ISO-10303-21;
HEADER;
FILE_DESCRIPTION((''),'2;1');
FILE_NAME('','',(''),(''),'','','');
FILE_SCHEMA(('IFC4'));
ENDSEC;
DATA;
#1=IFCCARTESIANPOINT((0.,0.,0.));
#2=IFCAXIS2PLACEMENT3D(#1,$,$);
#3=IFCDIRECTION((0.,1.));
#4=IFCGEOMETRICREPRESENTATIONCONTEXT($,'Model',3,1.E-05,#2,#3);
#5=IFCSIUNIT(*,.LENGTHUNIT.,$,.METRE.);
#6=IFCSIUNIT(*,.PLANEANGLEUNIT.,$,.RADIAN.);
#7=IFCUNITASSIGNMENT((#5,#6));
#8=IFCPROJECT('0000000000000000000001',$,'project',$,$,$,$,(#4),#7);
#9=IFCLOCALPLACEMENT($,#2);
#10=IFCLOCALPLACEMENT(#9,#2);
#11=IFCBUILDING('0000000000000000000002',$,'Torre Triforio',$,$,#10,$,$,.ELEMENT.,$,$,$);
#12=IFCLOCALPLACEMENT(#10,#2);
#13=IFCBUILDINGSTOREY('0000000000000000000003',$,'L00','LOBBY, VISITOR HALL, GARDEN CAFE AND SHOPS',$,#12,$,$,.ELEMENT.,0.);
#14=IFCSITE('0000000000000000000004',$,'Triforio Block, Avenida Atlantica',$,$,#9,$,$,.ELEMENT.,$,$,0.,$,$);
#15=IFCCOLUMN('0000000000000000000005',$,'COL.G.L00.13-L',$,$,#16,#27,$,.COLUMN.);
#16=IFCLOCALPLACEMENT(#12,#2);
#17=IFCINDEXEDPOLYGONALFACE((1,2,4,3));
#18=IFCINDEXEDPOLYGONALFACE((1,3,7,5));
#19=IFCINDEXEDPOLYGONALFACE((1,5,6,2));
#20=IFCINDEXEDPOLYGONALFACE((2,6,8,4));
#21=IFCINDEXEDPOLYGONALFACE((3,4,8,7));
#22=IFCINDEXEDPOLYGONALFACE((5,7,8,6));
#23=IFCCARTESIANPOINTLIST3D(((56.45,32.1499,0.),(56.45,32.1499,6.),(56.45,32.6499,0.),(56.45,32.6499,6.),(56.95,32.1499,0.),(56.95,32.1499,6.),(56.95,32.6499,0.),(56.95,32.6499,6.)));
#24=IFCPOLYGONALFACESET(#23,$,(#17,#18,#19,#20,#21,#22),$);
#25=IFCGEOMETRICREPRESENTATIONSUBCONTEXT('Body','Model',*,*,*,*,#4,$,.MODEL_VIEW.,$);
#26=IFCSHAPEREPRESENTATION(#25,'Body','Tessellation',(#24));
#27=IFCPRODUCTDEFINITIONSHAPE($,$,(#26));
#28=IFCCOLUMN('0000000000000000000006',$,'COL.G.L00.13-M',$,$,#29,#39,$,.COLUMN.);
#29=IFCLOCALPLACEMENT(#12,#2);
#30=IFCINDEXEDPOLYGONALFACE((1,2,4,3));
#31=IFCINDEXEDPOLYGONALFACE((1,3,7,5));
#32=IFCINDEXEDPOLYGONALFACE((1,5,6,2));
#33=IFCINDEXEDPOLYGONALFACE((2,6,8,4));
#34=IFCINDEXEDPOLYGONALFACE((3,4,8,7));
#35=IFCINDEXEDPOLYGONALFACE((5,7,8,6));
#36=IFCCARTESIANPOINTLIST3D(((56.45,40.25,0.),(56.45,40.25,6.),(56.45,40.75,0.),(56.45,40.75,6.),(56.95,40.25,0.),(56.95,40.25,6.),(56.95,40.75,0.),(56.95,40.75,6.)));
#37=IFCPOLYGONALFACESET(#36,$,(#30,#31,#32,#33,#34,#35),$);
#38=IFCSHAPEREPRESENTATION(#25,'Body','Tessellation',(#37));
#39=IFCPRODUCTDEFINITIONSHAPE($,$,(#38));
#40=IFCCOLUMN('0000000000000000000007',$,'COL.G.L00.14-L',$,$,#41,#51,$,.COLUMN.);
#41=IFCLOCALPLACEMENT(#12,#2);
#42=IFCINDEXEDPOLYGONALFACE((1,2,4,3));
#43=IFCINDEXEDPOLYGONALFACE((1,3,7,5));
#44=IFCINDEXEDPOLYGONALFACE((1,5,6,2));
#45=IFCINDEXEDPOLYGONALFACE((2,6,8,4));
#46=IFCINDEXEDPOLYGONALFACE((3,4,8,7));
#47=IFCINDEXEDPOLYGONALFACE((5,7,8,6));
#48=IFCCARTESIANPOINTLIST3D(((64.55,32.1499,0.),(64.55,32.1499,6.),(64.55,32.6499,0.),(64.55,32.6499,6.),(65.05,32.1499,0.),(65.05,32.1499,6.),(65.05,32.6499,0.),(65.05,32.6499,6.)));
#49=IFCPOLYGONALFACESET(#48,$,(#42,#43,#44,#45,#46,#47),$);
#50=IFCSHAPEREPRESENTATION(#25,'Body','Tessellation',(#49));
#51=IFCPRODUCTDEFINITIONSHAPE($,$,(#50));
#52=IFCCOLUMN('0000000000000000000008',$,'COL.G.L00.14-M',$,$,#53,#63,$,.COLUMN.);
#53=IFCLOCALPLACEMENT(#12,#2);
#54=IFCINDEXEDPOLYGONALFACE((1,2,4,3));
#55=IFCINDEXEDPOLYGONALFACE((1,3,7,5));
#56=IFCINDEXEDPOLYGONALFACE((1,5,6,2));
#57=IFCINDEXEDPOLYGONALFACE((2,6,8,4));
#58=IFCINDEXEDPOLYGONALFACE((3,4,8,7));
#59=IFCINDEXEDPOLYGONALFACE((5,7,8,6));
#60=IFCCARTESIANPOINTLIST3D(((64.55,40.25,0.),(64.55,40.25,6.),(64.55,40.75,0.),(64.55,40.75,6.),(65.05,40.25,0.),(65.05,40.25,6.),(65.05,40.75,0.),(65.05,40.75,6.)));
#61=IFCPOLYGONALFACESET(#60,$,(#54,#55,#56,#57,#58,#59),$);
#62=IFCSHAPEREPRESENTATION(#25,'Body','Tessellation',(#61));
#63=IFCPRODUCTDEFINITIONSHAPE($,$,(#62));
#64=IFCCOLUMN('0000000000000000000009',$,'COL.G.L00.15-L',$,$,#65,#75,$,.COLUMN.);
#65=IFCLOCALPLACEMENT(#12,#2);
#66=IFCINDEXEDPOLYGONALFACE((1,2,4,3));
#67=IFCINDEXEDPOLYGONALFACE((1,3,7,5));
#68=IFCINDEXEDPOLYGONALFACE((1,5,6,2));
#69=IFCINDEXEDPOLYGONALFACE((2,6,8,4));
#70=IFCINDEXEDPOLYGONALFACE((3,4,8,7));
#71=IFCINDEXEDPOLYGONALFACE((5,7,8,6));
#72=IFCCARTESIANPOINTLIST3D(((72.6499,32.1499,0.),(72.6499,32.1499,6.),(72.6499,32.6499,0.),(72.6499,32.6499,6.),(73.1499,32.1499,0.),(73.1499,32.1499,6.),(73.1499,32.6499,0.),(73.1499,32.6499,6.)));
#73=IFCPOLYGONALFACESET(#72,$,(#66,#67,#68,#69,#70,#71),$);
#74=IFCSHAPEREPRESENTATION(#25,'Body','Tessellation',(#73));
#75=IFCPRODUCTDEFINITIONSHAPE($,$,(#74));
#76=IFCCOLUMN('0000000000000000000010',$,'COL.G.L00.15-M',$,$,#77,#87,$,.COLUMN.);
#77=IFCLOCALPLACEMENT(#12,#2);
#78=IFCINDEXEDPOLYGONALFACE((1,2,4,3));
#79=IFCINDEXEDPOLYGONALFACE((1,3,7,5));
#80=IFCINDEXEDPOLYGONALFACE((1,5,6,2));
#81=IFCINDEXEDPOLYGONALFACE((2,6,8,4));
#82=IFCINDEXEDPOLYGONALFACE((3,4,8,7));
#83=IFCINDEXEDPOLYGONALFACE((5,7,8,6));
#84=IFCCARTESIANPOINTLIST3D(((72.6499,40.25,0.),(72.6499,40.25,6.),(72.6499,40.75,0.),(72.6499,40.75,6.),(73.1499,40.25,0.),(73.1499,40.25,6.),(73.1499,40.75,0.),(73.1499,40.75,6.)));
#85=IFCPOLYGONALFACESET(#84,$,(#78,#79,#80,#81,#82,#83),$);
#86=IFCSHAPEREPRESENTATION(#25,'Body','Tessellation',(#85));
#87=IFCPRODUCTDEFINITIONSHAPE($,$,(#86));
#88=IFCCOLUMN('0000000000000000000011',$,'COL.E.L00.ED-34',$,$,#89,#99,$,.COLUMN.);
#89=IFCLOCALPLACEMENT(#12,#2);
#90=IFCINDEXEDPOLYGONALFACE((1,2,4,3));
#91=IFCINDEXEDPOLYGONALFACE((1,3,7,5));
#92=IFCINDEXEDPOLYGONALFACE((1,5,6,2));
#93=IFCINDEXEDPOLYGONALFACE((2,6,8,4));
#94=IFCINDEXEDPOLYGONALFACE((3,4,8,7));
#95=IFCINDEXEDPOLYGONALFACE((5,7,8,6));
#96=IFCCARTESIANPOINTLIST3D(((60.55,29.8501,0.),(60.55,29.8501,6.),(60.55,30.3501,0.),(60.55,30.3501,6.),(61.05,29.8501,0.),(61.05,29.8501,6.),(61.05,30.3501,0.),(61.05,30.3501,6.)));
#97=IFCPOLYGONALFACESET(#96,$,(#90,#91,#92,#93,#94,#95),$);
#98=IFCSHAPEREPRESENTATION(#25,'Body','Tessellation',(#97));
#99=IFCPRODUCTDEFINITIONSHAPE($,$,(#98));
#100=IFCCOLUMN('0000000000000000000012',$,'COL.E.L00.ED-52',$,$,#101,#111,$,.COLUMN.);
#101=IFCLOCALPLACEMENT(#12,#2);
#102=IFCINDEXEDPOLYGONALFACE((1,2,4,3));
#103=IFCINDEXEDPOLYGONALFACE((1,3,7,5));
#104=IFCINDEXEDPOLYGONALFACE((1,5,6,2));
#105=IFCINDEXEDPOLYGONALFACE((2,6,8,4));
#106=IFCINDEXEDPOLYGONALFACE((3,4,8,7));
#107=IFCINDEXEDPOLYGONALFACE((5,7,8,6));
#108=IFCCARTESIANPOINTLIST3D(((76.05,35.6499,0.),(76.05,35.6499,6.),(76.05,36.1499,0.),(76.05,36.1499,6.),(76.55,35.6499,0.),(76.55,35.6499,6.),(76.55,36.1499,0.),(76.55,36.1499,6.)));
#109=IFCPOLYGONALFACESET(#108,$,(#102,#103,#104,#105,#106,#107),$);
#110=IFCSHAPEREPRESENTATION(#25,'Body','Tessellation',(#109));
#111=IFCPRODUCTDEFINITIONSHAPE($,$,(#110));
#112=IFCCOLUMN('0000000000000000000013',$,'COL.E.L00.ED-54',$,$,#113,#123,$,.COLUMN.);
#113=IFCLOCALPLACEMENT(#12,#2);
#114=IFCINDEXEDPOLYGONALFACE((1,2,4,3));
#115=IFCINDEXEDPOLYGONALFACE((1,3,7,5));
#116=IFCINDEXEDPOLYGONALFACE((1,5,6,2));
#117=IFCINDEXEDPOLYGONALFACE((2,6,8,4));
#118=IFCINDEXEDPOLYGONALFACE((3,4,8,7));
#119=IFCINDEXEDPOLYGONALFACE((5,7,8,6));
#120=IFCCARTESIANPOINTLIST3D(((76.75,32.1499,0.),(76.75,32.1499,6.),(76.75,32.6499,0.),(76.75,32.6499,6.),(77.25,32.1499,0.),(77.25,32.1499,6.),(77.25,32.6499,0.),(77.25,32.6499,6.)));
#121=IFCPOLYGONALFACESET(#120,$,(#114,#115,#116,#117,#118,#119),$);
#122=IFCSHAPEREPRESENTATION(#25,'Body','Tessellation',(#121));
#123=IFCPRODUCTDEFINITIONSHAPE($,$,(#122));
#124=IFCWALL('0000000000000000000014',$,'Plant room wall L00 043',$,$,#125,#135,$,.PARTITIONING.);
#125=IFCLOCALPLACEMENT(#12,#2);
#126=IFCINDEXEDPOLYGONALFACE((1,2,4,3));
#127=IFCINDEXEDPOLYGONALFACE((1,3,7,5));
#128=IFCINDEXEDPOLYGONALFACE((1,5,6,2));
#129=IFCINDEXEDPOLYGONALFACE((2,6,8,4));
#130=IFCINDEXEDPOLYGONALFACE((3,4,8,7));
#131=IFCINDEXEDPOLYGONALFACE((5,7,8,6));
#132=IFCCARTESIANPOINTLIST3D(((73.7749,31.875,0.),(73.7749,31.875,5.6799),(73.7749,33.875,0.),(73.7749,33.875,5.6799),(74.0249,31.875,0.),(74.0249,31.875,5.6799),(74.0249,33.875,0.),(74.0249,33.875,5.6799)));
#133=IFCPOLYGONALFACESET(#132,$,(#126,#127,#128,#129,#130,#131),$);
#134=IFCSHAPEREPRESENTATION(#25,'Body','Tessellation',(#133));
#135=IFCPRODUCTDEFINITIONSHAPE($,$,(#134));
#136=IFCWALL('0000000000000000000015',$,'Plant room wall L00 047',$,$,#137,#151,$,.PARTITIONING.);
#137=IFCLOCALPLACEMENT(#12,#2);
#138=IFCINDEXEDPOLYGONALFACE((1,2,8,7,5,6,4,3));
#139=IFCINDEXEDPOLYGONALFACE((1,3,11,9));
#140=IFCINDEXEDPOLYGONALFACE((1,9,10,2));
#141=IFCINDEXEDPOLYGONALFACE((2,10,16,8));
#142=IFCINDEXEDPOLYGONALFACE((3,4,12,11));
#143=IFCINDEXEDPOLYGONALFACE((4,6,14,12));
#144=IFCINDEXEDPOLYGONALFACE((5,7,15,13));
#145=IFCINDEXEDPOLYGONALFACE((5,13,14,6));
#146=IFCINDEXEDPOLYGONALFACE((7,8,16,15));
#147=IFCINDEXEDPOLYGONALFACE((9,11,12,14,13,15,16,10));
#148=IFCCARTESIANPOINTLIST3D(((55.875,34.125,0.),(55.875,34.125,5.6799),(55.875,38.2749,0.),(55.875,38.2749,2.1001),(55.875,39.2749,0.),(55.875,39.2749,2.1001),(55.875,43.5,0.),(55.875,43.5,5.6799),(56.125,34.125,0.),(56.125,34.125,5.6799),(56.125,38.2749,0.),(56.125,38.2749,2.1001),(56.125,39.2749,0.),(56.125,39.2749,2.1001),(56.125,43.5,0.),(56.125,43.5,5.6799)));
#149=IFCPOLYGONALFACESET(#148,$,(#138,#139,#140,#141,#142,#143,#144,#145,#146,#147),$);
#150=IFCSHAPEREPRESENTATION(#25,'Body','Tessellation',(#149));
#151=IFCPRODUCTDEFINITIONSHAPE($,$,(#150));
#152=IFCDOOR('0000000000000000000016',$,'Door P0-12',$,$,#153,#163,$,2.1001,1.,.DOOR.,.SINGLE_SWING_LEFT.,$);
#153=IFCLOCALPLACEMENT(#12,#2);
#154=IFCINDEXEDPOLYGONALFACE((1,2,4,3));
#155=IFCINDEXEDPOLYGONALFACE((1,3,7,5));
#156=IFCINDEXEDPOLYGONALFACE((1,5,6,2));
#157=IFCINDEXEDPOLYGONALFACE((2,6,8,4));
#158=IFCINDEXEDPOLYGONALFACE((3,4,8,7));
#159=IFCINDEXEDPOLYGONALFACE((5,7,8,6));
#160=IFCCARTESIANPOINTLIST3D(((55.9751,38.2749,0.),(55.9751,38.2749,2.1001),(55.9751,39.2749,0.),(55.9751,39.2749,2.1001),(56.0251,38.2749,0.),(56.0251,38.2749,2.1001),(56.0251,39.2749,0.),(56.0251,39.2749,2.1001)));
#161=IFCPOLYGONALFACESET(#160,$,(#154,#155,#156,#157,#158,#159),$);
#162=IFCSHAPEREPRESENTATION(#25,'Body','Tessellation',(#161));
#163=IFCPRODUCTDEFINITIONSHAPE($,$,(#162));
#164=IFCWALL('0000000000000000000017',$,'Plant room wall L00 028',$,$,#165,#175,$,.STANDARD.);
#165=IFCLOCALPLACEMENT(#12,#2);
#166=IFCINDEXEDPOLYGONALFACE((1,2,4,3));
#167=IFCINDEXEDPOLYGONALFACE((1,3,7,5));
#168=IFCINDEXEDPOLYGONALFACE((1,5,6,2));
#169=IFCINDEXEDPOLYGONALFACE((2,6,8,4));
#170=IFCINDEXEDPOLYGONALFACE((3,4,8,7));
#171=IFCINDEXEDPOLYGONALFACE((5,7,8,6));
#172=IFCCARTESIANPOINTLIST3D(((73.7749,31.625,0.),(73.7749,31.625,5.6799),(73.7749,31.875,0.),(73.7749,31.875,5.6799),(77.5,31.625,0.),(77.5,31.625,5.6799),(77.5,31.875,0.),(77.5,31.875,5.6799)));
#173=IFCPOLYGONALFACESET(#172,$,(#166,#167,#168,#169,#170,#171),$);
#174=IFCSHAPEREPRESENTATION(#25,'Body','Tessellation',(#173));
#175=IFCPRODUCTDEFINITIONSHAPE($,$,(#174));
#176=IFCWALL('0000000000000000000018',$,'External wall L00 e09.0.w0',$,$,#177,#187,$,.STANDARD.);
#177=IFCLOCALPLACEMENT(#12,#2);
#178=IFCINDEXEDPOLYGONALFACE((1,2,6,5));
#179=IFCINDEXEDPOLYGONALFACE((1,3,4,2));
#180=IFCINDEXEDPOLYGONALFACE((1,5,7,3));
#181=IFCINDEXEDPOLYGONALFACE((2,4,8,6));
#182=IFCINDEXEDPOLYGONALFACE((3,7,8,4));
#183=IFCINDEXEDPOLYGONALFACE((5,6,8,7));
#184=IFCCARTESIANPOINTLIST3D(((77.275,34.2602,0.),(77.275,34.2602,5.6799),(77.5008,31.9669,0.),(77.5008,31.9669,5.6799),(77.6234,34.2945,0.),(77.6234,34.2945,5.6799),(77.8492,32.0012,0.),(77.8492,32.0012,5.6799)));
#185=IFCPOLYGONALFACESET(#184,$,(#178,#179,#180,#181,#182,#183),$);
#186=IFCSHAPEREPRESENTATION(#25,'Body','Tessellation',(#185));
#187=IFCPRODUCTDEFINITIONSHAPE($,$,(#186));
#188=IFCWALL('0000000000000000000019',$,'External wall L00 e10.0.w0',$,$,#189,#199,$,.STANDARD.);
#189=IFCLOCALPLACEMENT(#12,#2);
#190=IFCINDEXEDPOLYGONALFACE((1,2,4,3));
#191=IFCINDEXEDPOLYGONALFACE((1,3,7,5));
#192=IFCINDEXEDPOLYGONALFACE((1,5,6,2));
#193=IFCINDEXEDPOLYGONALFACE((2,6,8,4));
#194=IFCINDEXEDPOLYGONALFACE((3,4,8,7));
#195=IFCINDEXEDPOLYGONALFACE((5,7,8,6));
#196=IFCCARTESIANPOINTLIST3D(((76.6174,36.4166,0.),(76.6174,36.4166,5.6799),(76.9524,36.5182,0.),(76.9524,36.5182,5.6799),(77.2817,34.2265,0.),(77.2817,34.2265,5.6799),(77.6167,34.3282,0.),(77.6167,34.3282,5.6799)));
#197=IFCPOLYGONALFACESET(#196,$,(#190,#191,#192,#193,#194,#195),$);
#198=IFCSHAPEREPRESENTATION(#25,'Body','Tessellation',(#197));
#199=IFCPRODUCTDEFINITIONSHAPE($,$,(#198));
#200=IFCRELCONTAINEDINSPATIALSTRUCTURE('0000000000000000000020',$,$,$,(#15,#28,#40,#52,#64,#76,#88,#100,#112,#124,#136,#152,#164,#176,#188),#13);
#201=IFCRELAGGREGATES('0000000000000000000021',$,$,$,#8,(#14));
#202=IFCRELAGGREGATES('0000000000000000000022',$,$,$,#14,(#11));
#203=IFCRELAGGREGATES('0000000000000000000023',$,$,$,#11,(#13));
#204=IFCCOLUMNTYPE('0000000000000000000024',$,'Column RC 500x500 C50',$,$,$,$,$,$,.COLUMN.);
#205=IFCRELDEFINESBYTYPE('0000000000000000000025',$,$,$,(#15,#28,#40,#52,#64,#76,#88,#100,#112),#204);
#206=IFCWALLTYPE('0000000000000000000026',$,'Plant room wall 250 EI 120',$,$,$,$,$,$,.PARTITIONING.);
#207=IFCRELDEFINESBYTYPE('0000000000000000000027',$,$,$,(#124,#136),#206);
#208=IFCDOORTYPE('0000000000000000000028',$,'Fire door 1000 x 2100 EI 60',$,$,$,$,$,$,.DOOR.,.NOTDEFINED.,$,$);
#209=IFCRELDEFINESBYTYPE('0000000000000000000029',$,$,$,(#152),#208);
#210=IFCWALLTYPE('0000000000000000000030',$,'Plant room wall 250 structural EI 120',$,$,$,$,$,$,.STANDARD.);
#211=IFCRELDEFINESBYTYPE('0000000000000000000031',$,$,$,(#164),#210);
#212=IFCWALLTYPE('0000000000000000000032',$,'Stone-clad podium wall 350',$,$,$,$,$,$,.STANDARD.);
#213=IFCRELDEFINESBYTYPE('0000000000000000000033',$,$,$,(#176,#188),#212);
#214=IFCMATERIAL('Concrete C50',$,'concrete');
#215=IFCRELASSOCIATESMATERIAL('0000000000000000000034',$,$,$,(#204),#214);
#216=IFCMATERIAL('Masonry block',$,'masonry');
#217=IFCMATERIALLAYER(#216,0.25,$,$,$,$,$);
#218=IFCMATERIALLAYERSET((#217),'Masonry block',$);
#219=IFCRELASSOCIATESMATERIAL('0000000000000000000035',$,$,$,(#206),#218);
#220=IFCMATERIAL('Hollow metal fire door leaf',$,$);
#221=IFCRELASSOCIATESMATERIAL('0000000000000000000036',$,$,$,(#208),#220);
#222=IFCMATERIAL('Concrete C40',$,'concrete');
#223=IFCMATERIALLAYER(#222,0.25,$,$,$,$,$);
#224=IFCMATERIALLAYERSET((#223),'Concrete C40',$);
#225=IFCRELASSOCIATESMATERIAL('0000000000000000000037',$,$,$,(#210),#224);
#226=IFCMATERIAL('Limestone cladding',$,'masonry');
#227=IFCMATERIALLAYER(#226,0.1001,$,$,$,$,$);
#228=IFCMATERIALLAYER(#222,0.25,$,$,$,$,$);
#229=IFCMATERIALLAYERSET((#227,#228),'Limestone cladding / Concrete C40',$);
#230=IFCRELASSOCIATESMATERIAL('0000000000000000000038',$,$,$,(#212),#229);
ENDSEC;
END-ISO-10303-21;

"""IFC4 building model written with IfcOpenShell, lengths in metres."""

from ifc_helpers import new_model, si_unit, direction, frame, frame_2d, origin, origin_2d, place, context, subcontext, project, spatial, rectangle, extrude, material, layer, layer_set, material_profile, profile_set, type_object, element, fill, save


model = new_model("IFC4")

# Units and contexts
model_context = context("Model", 3, precision=1e-05, world=origin(), true_north=direction((0.0, 1.0)))
body_context = subcontext(model_context, "Body", "Model", "MODEL_VIEW")
ifc_project = project(units=[si_unit("LENGTHUNIT", "METRE"), si_unit("PLANEANGLEUNIT", "RADIAN")], contexts=[model_context])

# Site, building, storey
site_placement = place(None, origin())
site = spatial("IfcSite", under=ifc_project, at=site_placement, Name="Triforio Block, Avenida Atlantica", CompositionType="ELEMENT", RefElevation=0.0)
building_placement = place(site_placement, origin())
building = spatial("IfcBuilding", under=site, at=building_placement, Name="Torre Triforio", CompositionType="ELEMENT")
storey_placement = place(building_placement, origin())
storey = spatial("IfcBuildingStorey", under=building, at=storey_placement, Name="L00", Description="LOBBY, VISITOR HALL, GARDEN CAFE AND SHOPS", CompositionType="ELEMENT", Elevation=0.0)

# Columns
ifc_material_1 = material(Name="Concrete C50", Category="concrete")
ifc_material_profile = material_profile(ifc_material_1, rectangle(XDim=0.5, YDim=0.5, at=origin_2d()), Name="RC 500x500")
ifc_profile_set = profile_set([ifc_material_profile], Name="Concrete C50")
column_type = type_object("IfcColumnType", Name="Column RC 500x500 C50", PredefinedType="COLUMN", material=ifc_profile_set)
for number, where, z_axis, x_axis, name in (
    (1, (56.7, 32.3999, 0.0), (0.0, 0.0, 1.0), (1.0, 0.0, 0.0), "COL.G.L00.13-L"),
    (2, (56.7, 40.5, 0.0), (0.0, 0.0, 1.0), (1.0, 0.0, 0.0), "COL.G.L00.13-M"),
    (3, (64.8, 32.3999, 0.0), (0.0, 0.0, 1.0), (1.0, 0.0, 0.0), "COL.G.L00.14-L"),
    (4, (64.8, 40.5, 0.0), (0.0, 0.0, 1.0), (1.0, 0.0, 0.0), "COL.G.L00.14-M"),
    (5, (72.8999, 32.3999, 0.0), (0.0, 0.0, 1.0), (1.0, 0.0, 0.0), "COL.G.L00.15-L"),
    (6, (72.8999, 40.5, 0.0), (0.0, 0.0, 1.0), (1.0, 0.0, 0.0), "COL.G.L00.15-M"),
    (7, (60.8, 30.1001, 0.0), (0.0, 0.0, 1.0), (1.0, 0.0, 0.0), "COL.E.L00.ED-34"),
    (8, (76.3, 35.8999, 0.0), (0.0, 0.0, 1.0), (1.0, 0.0, 0.0), "COL.E.L00.ED-52"),
    (9, (77.0, 32.3999, 0.0), (0.0, 0.0, 1.0), (1.0, 0.0, 0.0), "COL.E.L00.ED-54"),
):
    element("IfcColumn", number, at=place(storey_placement, frame(where, z_axis=z_axis, x_axis=x_axis)), inside=storey, type_object=column_type, Name=name, PredefinedType="COLUMN", context=body_context, shape_type="SweptSolid", body=[
        extrude(rectangle(XDim=0.5, YDim=0.5, at=origin_2d()), origin(), (0.0, 0.0, 1.0), 6.0),
    ])

# Wall
ifc_material_2 = material(Name="Masonry block", Category="masonry")
ifc_layer_1 = layer(ifc_material_2, 0.25)
ifc_layer_set_1 = layer_set([ifc_layer_1], Name="Masonry block")
wall_type_1 = type_object("IfcWallType", Name="Plant room wall 250 EI 120", PredefinedType="PARTITIONING", material=ifc_layer_set_1)
wall_1_placement = place(storey_placement, frame((73.8999, 31.875, 0.0), z_axis=(0.0, 0.0, 1.0), x_axis=(0.0, 1.0, 0.0)))
element("IfcWall", 10, at=wall_1_placement, inside=storey, type_object=wall_type_1, Name="Plant room wall L00 043", PredefinedType="PARTITIONING", context=body_context, shape_type="SweptSolid", body=[
    extrude(rectangle(XDim=2.0, YDim=0.25, at=frame_2d((1.0, 0.0))), origin(), (0.0, 0.0, 1.0), 5.6799),
])

# Wall, opening, door
wall_2_placement = place(storey_placement, frame((56.0, 34.125, 0.0), z_axis=(0.0, 0.0, 1.0), x_axis=(0.0, 1.0, 0.0)))
wall_2 = element("IfcWall", 11, at=wall_2_placement, inside=storey, type_object=wall_type_1, Name="Plant room wall L00 047", PredefinedType="PARTITIONING", context=body_context, shape_type="SweptSolid", body=[
    extrude(rectangle(XDim=9.375, YDim=0.25, at=frame_2d((4.6875, 0.0))), origin(), (0.0, 0.0, 1.0), 5.6799),
])
opening_1_placement = place(wall_2_placement, frame((4.1499, 0.0, 0.0)))
opening_1 = element("IfcOpeningElement", 12, at=opening_1_placement, cuts=wall_2, PredefinedType="OPENING", context=body_context, shape_type="SweptSolid", body=[
    extrude(rectangle(XDim=1.0, YDim=2.1001, at=frame_2d((0.5, 1.05))), frame((0.0, 0.135, 0.0), z_axis=(0.0, -1.0, 0.0), x_axis=(1.0, 0.0, 0.0)), (0.0, 0.0, 1.0), 0.27),
])
ifc_material_3 = material(Name="Hollow metal fire door leaf")
door_type = type_object("IfcDoorType", Name="Fire door 1000 x 2100 EI 60", OperationType="NOTDEFINED", PredefinedType="DOOR", material=ifc_material_3)
door_placement = place(opening_1_placement, origin())
door = element("IfcDoor", 13, at=door_placement, inside=storey, type_object=door_type, Name="Door P0-12", OperationType="SINGLE_SWING_LEFT", OverallHeight=2.1001, OverallWidth=1.0, PredefinedType="DOOR", context=body_context, shape_type="SweptSolid", body=[
    extrude(rectangle(XDim=1.0, YDim=2.1001, at=frame_2d((0.5, 1.05))), frame((0.0, 0.0249, 0.0), z_axis=(0.0, -1.0, 0.0), x_axis=(1.0, 0.0, 0.0)), (0.0, 0.0, 1.0), 0.05),
])
fill(opening_1, door)

# Walls
ifc_material_4 = material(Name="Concrete C40", Category="concrete")
ifc_layer_2 = layer(ifc_material_4, 0.25)
ifc_layer_set_2 = layer_set([ifc_layer_2], Name="Concrete C40")
wall_type_2 = type_object("IfcWallType", Name="Plant room wall 250 structural EI 120", PredefinedType="STANDARD", material=ifc_layer_set_2)
wall_3_placement = place(storey_placement, frame((73.7749, 31.75, 0.0), z_axis=(0.0, 0.0, 1.0), x_axis=(1.0, 0.0, 0.0)))
element("IfcWall", 14, at=wall_3_placement, inside=storey, type_object=wall_type_2, Name="Plant room wall L00 028", PredefinedType="STANDARD", context=body_context, shape_type="SweptSolid", body=[
    extrude(rectangle(XDim=3.7251, YDim=0.25, at=frame_2d((1.8625, 0.0))), origin(), (0.0, 0.0, 1.0), 5.6799),
])
ifc_material_5 = material(Name="Limestone cladding", Category="masonry")
ifc_layer_3 = layer(ifc_material_5, 0.1001)
ifc_layer_4 = layer(ifc_material_4, 0.25)
ifc_layer_set_3 = layer_set([ifc_layer_3, ifc_layer_4], Name="Limestone cladding / Concrete C40")
wall_type_3 = type_object("IfcWallType", Name="Stone-clad podium wall 350", PredefinedType="STANDARD", material=ifc_layer_set_3)
wall_4_placement = place(storey_placement, frame((77.675, 31.9839, 0.0), z_axis=(0.0, 0.0, 1.0), x_axis=(-0.097993, 0.995187, 0.0)))
element("IfcWall", 15, at=wall_4_placement, inside=storey, type_object=wall_type_3, Name="External wall L00 e09.0.w0", PredefinedType="STANDARD", context=body_context, shape_type="SweptSolid", body=[
    extrude(rectangle(XDim=2.3044, YDim=0.3501, at=frame_2d((1.1523, 0.0))), origin(), (0.0, 0.0, 1.0), 5.6799),
])
wall_5_placement = place(storey_placement, frame((77.4492, 34.2773, 0.0), z_axis=(0.0, 0.0, 1.0), x_axis=(-0.290283, 0.956941, 0.0)))
element("IfcWall", 16, at=wall_5_placement, inside=storey, type_object=wall_type_3, Name="External wall L00 e10.0.w0", PredefinedType="STANDARD", context=body_context, shape_type="SweptSolid", body=[
    extrude(rectangle(XDim=2.2886, YDim=0.3501, at=frame_2d((1.1443, 0.0))), origin(), (0.0, 0.0, 1.0), 5.6799),
])

save(model, "model.ifc")
